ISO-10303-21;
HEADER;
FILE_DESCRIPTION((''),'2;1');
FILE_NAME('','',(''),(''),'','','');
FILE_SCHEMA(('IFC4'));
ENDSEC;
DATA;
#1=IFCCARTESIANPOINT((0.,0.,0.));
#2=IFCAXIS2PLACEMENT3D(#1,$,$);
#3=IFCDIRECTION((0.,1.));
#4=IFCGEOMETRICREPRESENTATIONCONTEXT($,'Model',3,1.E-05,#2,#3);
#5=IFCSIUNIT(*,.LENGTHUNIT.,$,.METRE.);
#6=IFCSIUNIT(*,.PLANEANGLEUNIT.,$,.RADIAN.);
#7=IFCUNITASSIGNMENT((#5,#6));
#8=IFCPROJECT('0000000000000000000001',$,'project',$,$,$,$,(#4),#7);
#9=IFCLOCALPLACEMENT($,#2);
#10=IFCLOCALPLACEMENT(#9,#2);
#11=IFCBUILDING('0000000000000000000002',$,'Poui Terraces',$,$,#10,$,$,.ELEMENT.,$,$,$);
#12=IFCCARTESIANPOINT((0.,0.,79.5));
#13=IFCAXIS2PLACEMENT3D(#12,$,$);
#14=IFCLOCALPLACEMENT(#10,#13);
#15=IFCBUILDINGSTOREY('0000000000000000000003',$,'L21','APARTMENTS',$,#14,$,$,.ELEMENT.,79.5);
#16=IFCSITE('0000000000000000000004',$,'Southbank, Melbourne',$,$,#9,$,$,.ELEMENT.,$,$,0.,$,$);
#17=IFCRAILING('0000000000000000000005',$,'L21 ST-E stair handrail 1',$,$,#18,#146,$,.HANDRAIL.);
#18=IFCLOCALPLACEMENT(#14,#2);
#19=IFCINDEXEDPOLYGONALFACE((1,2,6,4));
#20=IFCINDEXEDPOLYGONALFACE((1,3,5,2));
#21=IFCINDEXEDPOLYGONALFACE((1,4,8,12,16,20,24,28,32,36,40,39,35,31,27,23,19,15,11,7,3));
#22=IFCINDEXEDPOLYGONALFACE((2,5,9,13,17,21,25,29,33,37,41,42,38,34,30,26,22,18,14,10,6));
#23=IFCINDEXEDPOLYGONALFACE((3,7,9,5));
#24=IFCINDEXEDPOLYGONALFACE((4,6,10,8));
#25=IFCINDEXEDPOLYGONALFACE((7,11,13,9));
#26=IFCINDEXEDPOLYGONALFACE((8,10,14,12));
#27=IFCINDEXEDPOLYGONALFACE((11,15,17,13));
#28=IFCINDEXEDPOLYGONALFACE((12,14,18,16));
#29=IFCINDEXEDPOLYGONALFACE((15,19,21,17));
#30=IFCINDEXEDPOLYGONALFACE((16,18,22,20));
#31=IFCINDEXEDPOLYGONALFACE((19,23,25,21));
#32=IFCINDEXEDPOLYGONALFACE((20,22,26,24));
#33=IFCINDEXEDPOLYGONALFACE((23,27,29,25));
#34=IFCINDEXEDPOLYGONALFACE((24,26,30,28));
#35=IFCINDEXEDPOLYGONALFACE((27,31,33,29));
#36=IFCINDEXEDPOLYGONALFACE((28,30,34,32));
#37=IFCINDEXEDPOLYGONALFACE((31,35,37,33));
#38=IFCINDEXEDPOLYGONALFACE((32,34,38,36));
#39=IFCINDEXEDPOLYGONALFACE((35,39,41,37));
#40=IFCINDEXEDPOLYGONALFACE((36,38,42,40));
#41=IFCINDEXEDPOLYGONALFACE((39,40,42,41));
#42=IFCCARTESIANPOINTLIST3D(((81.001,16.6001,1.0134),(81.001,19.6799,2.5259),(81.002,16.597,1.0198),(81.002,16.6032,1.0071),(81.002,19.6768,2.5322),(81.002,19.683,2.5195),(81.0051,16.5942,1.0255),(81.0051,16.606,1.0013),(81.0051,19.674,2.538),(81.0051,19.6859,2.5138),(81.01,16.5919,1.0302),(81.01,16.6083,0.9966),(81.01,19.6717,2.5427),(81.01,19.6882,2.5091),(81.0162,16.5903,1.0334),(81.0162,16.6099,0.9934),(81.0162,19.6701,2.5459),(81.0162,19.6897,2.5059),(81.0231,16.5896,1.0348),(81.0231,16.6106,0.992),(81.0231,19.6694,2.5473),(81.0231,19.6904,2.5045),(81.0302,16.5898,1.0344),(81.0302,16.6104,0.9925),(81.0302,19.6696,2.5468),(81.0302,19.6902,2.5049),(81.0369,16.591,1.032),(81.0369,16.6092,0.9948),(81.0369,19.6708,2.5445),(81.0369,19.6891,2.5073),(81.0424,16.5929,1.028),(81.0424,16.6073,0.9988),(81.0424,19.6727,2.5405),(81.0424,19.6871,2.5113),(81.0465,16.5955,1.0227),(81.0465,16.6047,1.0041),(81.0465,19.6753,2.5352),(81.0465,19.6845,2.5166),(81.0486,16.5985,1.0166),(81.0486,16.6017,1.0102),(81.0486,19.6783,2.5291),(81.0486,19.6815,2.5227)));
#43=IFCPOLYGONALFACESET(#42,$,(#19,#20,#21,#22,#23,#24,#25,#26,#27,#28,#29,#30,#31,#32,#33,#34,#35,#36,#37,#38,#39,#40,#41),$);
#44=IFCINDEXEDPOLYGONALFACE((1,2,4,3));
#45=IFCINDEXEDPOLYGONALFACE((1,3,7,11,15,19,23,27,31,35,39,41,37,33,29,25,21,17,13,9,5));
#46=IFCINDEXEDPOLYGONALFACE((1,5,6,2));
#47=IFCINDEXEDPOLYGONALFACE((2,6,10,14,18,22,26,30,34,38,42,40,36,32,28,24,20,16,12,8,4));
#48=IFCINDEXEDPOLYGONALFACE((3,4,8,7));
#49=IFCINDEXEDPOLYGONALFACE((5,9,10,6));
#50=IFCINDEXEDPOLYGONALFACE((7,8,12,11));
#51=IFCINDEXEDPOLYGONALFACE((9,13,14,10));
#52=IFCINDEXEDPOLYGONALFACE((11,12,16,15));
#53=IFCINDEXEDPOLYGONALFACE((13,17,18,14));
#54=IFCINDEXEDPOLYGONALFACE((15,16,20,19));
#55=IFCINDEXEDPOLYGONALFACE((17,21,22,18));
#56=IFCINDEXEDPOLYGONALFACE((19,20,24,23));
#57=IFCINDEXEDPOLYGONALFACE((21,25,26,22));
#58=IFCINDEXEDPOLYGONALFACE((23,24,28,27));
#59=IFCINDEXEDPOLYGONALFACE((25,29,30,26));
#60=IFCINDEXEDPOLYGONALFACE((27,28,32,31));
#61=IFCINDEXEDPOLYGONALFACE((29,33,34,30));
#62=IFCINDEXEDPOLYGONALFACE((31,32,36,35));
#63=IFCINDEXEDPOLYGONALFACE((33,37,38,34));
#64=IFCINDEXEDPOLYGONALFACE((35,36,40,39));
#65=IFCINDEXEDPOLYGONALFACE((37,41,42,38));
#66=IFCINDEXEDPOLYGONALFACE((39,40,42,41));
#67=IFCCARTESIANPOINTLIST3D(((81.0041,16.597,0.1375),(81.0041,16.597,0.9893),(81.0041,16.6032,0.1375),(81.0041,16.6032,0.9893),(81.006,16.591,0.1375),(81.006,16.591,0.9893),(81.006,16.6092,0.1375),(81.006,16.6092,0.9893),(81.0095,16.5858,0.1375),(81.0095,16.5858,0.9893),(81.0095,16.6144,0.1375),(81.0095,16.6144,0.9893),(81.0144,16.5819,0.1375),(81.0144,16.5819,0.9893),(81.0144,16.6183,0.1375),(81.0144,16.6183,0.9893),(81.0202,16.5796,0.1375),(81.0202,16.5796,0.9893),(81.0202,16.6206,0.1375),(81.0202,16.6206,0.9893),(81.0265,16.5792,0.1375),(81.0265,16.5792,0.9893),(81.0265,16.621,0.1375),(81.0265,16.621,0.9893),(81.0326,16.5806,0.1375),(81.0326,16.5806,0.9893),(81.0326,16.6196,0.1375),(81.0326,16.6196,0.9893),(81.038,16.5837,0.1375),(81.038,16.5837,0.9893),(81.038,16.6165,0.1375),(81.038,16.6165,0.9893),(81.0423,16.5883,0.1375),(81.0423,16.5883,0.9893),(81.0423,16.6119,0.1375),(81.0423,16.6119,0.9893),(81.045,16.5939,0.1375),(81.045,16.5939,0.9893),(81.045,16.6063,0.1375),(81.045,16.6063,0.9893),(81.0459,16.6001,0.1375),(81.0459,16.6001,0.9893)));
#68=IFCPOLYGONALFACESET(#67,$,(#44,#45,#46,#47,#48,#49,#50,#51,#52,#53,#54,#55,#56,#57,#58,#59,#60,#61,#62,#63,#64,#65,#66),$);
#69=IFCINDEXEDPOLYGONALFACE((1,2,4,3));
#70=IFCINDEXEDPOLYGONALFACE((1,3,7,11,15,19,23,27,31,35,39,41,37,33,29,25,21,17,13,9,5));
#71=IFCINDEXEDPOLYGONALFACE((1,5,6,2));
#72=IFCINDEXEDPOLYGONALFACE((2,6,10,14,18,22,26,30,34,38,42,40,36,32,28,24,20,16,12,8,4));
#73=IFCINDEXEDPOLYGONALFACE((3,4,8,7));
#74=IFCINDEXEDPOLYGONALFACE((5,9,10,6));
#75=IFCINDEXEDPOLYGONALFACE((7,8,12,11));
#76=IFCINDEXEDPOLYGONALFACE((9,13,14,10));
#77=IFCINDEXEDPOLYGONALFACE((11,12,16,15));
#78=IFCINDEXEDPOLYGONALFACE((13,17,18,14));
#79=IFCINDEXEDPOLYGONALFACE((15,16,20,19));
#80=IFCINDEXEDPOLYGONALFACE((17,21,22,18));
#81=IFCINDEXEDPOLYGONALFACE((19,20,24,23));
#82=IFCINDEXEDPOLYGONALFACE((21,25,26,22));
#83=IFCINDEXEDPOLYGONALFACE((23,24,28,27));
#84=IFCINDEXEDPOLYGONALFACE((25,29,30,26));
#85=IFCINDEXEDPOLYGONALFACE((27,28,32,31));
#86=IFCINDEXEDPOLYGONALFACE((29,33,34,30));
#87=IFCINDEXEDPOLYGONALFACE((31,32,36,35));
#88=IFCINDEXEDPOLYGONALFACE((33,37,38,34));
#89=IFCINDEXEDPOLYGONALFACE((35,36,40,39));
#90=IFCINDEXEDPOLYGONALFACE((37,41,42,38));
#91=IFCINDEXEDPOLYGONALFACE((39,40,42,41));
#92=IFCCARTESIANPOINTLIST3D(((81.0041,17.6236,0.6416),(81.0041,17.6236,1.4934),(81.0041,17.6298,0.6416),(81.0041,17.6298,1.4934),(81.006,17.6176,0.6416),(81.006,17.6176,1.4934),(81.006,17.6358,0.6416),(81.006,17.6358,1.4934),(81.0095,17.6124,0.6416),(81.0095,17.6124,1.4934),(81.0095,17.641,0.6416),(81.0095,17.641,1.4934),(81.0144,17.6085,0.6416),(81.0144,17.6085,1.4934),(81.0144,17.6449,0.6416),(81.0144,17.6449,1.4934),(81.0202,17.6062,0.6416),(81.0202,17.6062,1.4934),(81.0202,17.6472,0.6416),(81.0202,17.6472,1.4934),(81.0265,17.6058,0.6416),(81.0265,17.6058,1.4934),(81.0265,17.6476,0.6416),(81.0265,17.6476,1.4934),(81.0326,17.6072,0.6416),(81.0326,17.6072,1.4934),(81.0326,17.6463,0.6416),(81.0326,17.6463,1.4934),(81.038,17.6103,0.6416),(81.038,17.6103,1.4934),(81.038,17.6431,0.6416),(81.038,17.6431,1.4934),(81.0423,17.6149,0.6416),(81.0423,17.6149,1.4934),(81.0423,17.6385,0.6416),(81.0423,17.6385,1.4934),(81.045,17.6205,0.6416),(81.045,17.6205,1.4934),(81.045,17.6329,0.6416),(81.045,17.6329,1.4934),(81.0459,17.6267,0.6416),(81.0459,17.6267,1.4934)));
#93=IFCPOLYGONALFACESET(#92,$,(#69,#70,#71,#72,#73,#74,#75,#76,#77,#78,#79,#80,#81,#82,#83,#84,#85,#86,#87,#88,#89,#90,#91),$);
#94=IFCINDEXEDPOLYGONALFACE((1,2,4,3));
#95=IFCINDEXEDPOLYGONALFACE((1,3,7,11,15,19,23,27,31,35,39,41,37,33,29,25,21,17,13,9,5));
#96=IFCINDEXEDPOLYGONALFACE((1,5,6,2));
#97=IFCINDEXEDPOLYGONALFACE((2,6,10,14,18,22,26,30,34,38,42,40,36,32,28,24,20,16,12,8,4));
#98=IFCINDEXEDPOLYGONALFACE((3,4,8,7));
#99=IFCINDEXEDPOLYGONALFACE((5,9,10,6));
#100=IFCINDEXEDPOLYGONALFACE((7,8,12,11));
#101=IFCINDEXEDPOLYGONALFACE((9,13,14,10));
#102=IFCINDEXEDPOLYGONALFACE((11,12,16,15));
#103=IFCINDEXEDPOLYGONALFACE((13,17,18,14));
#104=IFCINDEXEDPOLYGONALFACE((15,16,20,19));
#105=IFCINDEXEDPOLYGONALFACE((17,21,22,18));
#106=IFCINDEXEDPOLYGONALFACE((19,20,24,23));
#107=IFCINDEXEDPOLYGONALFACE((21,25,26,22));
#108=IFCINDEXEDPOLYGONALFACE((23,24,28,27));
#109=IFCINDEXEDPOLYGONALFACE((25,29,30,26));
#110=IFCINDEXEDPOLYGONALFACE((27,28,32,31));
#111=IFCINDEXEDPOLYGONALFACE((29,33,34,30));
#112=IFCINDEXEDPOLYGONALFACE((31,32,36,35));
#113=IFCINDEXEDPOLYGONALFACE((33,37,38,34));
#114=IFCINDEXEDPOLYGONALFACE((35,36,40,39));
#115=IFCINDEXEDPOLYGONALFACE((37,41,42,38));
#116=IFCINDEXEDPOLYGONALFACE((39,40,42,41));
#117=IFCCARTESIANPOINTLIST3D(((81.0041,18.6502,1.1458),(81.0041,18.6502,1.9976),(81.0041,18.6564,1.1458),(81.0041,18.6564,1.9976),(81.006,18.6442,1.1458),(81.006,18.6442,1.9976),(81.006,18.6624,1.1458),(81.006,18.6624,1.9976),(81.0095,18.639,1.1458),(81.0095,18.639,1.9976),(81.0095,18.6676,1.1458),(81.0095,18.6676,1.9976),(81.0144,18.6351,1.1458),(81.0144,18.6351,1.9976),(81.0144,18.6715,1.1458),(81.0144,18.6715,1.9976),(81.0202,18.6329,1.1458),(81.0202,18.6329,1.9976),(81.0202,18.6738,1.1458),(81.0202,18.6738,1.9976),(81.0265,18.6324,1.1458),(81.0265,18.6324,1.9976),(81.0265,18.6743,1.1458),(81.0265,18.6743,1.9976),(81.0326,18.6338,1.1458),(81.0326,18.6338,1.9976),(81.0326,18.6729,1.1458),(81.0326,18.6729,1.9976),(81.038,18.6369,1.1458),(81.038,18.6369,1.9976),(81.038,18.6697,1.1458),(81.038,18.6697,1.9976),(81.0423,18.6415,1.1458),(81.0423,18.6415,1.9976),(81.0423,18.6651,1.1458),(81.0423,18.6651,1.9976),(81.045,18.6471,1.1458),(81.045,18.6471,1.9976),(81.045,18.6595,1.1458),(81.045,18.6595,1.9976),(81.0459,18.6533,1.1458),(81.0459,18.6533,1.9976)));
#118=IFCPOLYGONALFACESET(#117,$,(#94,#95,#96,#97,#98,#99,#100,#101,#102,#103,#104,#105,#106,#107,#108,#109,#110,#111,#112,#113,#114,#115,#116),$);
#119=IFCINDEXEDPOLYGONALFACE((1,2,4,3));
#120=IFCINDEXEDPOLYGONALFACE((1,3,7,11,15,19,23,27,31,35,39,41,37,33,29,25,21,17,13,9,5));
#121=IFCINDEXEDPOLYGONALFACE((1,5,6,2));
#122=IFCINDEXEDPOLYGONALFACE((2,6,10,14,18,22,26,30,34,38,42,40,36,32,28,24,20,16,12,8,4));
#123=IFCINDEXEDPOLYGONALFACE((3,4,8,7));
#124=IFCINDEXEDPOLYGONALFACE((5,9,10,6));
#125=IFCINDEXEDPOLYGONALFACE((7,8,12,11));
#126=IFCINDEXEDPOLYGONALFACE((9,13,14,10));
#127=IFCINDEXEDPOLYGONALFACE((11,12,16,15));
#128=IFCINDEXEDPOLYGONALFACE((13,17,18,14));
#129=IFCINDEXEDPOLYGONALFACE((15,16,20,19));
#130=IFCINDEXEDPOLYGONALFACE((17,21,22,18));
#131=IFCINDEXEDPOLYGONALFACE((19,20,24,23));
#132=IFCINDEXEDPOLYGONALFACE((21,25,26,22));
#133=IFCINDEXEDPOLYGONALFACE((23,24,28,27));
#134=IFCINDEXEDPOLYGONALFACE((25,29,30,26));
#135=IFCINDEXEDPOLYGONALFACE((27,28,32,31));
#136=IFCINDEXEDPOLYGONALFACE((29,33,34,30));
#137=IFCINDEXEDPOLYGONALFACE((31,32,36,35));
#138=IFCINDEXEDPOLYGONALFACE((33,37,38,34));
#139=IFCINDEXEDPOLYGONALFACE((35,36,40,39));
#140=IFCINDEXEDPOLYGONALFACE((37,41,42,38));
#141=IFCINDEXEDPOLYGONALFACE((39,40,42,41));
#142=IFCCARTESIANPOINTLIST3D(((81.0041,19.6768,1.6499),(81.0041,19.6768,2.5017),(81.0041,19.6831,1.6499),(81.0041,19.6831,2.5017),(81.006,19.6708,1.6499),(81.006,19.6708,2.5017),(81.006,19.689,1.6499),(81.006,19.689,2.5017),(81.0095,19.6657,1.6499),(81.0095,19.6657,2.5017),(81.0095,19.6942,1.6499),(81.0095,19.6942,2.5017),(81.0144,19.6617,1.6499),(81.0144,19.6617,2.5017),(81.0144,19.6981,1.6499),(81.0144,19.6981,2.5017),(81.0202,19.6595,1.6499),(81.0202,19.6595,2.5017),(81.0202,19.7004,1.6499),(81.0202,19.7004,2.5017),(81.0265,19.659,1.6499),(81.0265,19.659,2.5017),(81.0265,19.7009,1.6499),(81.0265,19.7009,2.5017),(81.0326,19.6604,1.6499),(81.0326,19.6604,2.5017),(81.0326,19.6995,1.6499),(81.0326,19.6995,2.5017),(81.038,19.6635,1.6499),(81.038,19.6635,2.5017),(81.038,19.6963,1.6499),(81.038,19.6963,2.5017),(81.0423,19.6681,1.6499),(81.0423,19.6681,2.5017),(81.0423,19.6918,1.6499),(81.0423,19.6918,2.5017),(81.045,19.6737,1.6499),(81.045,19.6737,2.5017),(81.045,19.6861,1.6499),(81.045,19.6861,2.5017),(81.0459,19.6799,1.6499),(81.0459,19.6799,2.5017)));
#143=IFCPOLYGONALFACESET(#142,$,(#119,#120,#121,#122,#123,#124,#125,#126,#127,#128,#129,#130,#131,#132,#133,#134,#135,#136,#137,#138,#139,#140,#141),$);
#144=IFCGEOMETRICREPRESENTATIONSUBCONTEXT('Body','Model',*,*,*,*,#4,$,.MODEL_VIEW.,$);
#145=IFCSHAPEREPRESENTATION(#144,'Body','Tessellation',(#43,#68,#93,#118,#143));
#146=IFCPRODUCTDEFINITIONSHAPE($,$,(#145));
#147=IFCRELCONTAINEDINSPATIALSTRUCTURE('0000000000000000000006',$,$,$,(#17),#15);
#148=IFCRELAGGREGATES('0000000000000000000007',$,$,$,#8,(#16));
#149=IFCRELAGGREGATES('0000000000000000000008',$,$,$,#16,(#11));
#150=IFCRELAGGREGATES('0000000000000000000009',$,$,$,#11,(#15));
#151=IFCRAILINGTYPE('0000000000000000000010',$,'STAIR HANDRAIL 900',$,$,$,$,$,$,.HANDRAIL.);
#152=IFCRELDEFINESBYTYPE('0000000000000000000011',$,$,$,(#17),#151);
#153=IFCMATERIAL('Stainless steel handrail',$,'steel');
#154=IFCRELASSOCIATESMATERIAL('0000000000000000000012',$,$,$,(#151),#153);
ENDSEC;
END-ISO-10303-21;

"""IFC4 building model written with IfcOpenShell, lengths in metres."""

from ifc_helpers import new_model, si_unit, direction, frame, origin, origin_2d, place, context, subcontext, project, spatial, circle, extrude, material, type_object, element, save


model = new_model("IFC4")

# Units and contexts
model_context = context("Model", 3, precision=1e-05, world=origin(), true_north=direction((0.0, 1.0)))
body_context = subcontext(model_context, "Body", "Model", "MODEL_VIEW")
ifc_project = project(units=[si_unit("LENGTHUNIT", "METRE"), si_unit("PLANEANGLEUNIT", "RADIAN")], contexts=[model_context])

# Site, building, storey
site_placement = place(None, origin())
site = spatial("IfcSite", under=ifc_project, at=site_placement, Name="Southbank, Melbourne", CompositionType="ELEMENT", RefElevation=0.0)
building_placement = place(site_placement, origin())
building = spatial("IfcBuilding", under=site, at=building_placement, Name="Poui Terraces", CompositionType="ELEMENT")
storey_placement = place(building_placement, frame((0.0, 0.0, 79.5)))
storey = spatial("IfcBuildingStorey", under=building, at=storey_placement, Name="L21", Description="APARTMENTS", CompositionType="ELEMENT", Elevation=79.5)

# Railing
ifc_material_1 = material(Name="Stainless steel handrail", Category="steel")
railing_type_1 = type_object("IfcRailingType", Name="STAIR HANDRAIL 900", PredefinedType="HANDRAIL", material=ifc_material_1)
railing_1_placement = place(storey_placement, frame((81.0249, 16.6001, 0.1375)))
element("IfcRailing", 1, at=railing_1_placement, inside=storey, type_object=railing_type_1, Name="L21 ST-E stair handrail 1", PredefinedType="HANDRAIL", context=body_context, shape_type="SweptSolid", body=[
    extrude(circle(Radius=0.0239, at=origin_2d()), frame((0.0, 0.0, 0.876), z_axis=(0.0, 0.897606, 0.440798), x_axis=(-1.0, 0.0, 0.0)), (0.0, 0.0, 1.0), 3.4312),
    extrude(circle(Radius=0.021, at=origin_2d()), origin(), (0.0, 0.0, 1.0), 0.8518),
    extrude(circle(Radius=0.021, at=origin_2d()), frame((0.0, 1.0266, 0.5042)), (0.0, 0.0, 1.0), 0.8518),
    extrude(circle(Radius=0.021, at=origin_2d()), frame((0.0, 2.0532, 1.0083)), (0.0, 0.0, 1.0), 0.8518),
    extrude(circle(Radius=0.021, at=origin_2d()), frame((0.0, 3.0798, 1.5125)), (0.0, 0.0, 1.0), 0.8518),
])

save(model, "model.ifc")
